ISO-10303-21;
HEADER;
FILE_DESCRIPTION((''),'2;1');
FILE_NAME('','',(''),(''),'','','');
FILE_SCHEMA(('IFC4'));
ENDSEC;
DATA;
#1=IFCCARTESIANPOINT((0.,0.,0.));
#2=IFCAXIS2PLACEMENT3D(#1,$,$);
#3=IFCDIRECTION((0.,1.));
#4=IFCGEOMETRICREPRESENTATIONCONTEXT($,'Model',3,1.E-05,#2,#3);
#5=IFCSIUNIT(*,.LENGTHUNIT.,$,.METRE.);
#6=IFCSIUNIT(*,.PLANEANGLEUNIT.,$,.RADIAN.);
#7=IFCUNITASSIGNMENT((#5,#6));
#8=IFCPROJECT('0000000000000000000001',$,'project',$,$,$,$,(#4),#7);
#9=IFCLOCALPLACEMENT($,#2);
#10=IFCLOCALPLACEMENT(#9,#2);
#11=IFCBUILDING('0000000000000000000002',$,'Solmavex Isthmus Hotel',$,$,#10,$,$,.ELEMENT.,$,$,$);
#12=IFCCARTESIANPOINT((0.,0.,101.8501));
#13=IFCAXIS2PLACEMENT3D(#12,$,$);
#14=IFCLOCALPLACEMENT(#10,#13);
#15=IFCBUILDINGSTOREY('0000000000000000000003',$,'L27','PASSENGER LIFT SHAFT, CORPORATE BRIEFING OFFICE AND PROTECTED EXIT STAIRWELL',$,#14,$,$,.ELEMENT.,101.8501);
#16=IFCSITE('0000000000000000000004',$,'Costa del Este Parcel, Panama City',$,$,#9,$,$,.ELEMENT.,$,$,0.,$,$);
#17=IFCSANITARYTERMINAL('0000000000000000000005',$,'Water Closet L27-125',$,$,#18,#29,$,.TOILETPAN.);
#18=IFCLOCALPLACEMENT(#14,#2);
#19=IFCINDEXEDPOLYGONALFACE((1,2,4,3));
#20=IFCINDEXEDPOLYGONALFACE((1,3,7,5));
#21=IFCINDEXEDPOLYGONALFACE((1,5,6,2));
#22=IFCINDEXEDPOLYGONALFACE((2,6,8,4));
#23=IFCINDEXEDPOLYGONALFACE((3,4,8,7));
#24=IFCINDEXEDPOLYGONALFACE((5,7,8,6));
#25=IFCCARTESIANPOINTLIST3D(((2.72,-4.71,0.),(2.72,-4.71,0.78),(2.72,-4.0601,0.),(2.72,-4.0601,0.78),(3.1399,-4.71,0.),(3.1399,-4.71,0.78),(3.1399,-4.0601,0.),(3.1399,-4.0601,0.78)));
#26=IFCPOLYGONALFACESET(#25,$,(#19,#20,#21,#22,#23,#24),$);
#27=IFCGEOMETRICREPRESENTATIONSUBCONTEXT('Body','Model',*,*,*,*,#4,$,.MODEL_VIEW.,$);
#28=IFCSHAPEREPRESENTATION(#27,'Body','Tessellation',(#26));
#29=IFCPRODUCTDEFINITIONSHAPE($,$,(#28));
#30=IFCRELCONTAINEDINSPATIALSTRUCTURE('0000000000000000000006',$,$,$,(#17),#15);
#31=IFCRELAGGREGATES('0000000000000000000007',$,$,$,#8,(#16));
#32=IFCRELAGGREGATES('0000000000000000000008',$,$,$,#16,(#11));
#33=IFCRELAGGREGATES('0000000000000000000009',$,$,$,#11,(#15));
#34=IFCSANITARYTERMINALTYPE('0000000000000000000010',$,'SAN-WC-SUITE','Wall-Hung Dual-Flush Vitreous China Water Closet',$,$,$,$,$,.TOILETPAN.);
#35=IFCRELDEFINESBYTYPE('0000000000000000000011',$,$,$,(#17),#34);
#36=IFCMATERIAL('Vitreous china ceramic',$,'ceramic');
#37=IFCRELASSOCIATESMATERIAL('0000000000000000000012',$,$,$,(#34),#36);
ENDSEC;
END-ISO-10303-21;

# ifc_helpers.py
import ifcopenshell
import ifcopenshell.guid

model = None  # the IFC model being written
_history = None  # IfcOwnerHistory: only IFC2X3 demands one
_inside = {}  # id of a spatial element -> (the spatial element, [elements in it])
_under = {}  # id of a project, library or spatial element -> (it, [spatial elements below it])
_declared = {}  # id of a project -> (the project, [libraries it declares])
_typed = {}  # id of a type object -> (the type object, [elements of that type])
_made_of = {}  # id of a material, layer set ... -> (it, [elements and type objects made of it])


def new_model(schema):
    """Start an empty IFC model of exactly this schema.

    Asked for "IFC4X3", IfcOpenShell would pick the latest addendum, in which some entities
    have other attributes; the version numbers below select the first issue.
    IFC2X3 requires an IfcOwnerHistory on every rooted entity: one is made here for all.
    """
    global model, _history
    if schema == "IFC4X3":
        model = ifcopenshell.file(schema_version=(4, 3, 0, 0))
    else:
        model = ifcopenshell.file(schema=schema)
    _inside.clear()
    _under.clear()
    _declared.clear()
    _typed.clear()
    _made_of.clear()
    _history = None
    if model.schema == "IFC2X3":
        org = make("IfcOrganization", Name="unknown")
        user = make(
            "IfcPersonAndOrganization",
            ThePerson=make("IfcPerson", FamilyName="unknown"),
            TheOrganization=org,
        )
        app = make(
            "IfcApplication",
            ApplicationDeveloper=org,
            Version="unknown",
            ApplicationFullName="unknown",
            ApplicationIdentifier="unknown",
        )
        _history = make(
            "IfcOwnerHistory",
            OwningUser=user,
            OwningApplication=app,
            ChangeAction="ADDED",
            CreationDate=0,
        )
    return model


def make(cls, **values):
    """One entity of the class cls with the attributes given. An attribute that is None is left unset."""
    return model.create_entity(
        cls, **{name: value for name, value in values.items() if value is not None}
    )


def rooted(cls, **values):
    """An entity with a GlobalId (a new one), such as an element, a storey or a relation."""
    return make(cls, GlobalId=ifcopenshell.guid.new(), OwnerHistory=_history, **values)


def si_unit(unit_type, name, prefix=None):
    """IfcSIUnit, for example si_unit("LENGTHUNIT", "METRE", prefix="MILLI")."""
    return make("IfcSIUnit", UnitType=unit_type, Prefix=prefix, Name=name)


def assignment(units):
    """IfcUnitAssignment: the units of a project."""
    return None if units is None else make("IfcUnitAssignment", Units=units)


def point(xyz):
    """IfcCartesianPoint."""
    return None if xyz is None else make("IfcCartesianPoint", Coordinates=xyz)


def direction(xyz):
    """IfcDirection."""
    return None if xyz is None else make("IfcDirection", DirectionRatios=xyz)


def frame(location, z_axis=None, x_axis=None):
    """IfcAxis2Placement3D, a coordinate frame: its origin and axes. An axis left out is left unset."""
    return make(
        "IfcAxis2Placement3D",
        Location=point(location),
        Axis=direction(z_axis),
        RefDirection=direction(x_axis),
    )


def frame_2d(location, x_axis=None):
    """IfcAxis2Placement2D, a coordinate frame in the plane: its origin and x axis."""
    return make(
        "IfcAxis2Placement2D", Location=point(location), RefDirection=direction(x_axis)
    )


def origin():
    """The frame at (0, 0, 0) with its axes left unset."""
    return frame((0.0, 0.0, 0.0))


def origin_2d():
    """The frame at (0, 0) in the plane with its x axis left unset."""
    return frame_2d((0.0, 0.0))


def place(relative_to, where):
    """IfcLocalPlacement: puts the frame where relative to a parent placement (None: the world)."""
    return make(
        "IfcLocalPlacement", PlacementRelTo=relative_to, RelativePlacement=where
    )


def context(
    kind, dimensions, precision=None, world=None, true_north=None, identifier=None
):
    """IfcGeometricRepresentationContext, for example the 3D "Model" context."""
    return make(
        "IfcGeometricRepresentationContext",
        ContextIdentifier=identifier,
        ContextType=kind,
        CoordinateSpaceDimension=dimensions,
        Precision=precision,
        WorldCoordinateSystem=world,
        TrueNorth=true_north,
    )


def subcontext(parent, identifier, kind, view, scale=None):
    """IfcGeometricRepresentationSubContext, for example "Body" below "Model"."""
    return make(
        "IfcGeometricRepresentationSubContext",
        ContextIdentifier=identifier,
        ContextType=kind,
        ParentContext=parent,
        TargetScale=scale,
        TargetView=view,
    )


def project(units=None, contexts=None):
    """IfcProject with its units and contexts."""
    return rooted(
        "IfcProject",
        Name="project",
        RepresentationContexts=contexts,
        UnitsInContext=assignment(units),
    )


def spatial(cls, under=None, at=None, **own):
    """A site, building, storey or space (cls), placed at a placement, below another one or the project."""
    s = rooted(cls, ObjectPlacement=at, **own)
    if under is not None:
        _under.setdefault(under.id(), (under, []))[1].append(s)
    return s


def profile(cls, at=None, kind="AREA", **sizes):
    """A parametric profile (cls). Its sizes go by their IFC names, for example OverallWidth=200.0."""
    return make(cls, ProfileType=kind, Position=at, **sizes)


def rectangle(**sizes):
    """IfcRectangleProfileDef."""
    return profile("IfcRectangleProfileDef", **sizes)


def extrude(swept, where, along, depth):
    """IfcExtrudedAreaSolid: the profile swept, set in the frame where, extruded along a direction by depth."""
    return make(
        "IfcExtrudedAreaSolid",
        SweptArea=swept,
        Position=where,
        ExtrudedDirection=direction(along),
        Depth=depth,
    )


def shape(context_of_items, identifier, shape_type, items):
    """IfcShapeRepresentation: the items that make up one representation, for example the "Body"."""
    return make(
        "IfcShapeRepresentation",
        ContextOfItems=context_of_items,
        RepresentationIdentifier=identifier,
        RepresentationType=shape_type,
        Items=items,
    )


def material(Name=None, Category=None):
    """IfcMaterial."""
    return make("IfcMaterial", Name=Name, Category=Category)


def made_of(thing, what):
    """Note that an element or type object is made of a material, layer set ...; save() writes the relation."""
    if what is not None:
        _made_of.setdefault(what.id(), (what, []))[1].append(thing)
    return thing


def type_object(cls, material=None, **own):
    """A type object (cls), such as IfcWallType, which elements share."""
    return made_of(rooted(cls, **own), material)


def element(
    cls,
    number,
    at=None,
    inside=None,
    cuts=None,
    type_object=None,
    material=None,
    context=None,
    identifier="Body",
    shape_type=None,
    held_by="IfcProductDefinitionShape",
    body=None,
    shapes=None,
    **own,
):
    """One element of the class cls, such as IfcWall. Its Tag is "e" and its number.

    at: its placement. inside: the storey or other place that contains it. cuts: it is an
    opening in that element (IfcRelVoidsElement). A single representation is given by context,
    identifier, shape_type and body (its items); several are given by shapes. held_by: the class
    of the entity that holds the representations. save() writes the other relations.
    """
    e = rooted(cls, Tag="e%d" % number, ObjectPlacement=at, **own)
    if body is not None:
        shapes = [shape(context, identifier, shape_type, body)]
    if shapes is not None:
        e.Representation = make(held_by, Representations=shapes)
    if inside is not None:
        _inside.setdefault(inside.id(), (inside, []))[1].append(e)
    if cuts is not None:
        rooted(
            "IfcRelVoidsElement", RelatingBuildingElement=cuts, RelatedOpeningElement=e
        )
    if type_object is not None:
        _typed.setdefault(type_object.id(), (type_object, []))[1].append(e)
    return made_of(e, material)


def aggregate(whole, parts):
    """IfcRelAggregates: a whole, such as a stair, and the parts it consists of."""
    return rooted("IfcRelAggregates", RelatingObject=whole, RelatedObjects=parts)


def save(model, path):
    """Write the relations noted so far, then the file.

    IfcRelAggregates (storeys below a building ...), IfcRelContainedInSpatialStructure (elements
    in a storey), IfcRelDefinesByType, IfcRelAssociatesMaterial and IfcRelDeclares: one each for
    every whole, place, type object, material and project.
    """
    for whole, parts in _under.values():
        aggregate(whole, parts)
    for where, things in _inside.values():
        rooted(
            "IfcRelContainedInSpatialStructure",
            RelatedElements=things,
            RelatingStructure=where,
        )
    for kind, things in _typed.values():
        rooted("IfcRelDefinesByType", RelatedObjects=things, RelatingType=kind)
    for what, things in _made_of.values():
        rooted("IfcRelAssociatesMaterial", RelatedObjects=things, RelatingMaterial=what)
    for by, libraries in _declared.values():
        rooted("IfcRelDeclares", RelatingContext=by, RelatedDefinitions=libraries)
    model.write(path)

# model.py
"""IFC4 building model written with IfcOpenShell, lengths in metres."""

from ifc_helpers import new_model, si_unit, direction, frame, origin, origin_2d, place, context, subcontext, project, spatial, rectangle, extrude, material, type_object, element, save


model = new_model("IFC4")

# Units and contexts
model_context = context("Model", 3, precision=1e-05, world=origin(), true_north=direction((0.0, 1.0)))
body_context = subcontext(model_context, "Body", "Model", "MODEL_VIEW")
ifc_project = project(units=[si_unit("LENGTHUNIT", "METRE"), si_unit("PLANEANGLEUNIT", "RADIAN")], contexts=[model_context])

# Site, building, storey
site_placement = place(None, origin())
site = spatial("IfcSite", under=ifc_project, at=site_placement, Name="Costa del Este Parcel, Panama City", CompositionType="ELEMENT", RefElevation=0.0)
building_placement = place(site_placement, origin())
building = spatial("IfcBuilding", under=site, at=building_placement, Name="Solmavex Isthmus Hotel", CompositionType="ELEMENT")
storey_placement = place(building_placement, frame((0.0, 0.0, 101.8501)))
storey = spatial("IfcBuildingStorey", under=building, at=storey_placement, Name="L27", Description="PASSENGER LIFT SHAFT, CORPORATE BRIEFING OFFICE AND PROTECTED EXIT STAIRWELL", CompositionType="ELEMENT", Elevation=101.8501)

# Sanitary terminal
ifc_material_1 = material(Name="Vitreous china ceramic", Category="ceramic")
sanitary_terminal_type_1 = type_object("IfcSanitaryTerminalType", Name="SAN-WC-SUITE", Description="Wall-Hung Dual-Flush Vitreous China Water Closet", PredefinedType="TOILETPAN", material=ifc_material_1)
sanitary_terminal_1_placement = place(storey_placement, frame((2.9299, -4.385, 0.0), z_axis=(0.0, 0.0, 1.0), x_axis=(1.0, 0.0, 0.0)))
element("IfcSanitaryTerminal", 1, at=sanitary_terminal_1_placement, inside=storey, type_object=sanitary_terminal_type_1, Name="Water Closet L27-125", PredefinedType="TOILETPAN", context=body_context, shape_type="SweptSolid", body=[
    extrude(rectangle(XDim=0.4199, YDim=0.6499, at=origin_2d()), origin(), (0.0, 0.0, 1.0), 0.78),
])

save(model, "model.ifc")
